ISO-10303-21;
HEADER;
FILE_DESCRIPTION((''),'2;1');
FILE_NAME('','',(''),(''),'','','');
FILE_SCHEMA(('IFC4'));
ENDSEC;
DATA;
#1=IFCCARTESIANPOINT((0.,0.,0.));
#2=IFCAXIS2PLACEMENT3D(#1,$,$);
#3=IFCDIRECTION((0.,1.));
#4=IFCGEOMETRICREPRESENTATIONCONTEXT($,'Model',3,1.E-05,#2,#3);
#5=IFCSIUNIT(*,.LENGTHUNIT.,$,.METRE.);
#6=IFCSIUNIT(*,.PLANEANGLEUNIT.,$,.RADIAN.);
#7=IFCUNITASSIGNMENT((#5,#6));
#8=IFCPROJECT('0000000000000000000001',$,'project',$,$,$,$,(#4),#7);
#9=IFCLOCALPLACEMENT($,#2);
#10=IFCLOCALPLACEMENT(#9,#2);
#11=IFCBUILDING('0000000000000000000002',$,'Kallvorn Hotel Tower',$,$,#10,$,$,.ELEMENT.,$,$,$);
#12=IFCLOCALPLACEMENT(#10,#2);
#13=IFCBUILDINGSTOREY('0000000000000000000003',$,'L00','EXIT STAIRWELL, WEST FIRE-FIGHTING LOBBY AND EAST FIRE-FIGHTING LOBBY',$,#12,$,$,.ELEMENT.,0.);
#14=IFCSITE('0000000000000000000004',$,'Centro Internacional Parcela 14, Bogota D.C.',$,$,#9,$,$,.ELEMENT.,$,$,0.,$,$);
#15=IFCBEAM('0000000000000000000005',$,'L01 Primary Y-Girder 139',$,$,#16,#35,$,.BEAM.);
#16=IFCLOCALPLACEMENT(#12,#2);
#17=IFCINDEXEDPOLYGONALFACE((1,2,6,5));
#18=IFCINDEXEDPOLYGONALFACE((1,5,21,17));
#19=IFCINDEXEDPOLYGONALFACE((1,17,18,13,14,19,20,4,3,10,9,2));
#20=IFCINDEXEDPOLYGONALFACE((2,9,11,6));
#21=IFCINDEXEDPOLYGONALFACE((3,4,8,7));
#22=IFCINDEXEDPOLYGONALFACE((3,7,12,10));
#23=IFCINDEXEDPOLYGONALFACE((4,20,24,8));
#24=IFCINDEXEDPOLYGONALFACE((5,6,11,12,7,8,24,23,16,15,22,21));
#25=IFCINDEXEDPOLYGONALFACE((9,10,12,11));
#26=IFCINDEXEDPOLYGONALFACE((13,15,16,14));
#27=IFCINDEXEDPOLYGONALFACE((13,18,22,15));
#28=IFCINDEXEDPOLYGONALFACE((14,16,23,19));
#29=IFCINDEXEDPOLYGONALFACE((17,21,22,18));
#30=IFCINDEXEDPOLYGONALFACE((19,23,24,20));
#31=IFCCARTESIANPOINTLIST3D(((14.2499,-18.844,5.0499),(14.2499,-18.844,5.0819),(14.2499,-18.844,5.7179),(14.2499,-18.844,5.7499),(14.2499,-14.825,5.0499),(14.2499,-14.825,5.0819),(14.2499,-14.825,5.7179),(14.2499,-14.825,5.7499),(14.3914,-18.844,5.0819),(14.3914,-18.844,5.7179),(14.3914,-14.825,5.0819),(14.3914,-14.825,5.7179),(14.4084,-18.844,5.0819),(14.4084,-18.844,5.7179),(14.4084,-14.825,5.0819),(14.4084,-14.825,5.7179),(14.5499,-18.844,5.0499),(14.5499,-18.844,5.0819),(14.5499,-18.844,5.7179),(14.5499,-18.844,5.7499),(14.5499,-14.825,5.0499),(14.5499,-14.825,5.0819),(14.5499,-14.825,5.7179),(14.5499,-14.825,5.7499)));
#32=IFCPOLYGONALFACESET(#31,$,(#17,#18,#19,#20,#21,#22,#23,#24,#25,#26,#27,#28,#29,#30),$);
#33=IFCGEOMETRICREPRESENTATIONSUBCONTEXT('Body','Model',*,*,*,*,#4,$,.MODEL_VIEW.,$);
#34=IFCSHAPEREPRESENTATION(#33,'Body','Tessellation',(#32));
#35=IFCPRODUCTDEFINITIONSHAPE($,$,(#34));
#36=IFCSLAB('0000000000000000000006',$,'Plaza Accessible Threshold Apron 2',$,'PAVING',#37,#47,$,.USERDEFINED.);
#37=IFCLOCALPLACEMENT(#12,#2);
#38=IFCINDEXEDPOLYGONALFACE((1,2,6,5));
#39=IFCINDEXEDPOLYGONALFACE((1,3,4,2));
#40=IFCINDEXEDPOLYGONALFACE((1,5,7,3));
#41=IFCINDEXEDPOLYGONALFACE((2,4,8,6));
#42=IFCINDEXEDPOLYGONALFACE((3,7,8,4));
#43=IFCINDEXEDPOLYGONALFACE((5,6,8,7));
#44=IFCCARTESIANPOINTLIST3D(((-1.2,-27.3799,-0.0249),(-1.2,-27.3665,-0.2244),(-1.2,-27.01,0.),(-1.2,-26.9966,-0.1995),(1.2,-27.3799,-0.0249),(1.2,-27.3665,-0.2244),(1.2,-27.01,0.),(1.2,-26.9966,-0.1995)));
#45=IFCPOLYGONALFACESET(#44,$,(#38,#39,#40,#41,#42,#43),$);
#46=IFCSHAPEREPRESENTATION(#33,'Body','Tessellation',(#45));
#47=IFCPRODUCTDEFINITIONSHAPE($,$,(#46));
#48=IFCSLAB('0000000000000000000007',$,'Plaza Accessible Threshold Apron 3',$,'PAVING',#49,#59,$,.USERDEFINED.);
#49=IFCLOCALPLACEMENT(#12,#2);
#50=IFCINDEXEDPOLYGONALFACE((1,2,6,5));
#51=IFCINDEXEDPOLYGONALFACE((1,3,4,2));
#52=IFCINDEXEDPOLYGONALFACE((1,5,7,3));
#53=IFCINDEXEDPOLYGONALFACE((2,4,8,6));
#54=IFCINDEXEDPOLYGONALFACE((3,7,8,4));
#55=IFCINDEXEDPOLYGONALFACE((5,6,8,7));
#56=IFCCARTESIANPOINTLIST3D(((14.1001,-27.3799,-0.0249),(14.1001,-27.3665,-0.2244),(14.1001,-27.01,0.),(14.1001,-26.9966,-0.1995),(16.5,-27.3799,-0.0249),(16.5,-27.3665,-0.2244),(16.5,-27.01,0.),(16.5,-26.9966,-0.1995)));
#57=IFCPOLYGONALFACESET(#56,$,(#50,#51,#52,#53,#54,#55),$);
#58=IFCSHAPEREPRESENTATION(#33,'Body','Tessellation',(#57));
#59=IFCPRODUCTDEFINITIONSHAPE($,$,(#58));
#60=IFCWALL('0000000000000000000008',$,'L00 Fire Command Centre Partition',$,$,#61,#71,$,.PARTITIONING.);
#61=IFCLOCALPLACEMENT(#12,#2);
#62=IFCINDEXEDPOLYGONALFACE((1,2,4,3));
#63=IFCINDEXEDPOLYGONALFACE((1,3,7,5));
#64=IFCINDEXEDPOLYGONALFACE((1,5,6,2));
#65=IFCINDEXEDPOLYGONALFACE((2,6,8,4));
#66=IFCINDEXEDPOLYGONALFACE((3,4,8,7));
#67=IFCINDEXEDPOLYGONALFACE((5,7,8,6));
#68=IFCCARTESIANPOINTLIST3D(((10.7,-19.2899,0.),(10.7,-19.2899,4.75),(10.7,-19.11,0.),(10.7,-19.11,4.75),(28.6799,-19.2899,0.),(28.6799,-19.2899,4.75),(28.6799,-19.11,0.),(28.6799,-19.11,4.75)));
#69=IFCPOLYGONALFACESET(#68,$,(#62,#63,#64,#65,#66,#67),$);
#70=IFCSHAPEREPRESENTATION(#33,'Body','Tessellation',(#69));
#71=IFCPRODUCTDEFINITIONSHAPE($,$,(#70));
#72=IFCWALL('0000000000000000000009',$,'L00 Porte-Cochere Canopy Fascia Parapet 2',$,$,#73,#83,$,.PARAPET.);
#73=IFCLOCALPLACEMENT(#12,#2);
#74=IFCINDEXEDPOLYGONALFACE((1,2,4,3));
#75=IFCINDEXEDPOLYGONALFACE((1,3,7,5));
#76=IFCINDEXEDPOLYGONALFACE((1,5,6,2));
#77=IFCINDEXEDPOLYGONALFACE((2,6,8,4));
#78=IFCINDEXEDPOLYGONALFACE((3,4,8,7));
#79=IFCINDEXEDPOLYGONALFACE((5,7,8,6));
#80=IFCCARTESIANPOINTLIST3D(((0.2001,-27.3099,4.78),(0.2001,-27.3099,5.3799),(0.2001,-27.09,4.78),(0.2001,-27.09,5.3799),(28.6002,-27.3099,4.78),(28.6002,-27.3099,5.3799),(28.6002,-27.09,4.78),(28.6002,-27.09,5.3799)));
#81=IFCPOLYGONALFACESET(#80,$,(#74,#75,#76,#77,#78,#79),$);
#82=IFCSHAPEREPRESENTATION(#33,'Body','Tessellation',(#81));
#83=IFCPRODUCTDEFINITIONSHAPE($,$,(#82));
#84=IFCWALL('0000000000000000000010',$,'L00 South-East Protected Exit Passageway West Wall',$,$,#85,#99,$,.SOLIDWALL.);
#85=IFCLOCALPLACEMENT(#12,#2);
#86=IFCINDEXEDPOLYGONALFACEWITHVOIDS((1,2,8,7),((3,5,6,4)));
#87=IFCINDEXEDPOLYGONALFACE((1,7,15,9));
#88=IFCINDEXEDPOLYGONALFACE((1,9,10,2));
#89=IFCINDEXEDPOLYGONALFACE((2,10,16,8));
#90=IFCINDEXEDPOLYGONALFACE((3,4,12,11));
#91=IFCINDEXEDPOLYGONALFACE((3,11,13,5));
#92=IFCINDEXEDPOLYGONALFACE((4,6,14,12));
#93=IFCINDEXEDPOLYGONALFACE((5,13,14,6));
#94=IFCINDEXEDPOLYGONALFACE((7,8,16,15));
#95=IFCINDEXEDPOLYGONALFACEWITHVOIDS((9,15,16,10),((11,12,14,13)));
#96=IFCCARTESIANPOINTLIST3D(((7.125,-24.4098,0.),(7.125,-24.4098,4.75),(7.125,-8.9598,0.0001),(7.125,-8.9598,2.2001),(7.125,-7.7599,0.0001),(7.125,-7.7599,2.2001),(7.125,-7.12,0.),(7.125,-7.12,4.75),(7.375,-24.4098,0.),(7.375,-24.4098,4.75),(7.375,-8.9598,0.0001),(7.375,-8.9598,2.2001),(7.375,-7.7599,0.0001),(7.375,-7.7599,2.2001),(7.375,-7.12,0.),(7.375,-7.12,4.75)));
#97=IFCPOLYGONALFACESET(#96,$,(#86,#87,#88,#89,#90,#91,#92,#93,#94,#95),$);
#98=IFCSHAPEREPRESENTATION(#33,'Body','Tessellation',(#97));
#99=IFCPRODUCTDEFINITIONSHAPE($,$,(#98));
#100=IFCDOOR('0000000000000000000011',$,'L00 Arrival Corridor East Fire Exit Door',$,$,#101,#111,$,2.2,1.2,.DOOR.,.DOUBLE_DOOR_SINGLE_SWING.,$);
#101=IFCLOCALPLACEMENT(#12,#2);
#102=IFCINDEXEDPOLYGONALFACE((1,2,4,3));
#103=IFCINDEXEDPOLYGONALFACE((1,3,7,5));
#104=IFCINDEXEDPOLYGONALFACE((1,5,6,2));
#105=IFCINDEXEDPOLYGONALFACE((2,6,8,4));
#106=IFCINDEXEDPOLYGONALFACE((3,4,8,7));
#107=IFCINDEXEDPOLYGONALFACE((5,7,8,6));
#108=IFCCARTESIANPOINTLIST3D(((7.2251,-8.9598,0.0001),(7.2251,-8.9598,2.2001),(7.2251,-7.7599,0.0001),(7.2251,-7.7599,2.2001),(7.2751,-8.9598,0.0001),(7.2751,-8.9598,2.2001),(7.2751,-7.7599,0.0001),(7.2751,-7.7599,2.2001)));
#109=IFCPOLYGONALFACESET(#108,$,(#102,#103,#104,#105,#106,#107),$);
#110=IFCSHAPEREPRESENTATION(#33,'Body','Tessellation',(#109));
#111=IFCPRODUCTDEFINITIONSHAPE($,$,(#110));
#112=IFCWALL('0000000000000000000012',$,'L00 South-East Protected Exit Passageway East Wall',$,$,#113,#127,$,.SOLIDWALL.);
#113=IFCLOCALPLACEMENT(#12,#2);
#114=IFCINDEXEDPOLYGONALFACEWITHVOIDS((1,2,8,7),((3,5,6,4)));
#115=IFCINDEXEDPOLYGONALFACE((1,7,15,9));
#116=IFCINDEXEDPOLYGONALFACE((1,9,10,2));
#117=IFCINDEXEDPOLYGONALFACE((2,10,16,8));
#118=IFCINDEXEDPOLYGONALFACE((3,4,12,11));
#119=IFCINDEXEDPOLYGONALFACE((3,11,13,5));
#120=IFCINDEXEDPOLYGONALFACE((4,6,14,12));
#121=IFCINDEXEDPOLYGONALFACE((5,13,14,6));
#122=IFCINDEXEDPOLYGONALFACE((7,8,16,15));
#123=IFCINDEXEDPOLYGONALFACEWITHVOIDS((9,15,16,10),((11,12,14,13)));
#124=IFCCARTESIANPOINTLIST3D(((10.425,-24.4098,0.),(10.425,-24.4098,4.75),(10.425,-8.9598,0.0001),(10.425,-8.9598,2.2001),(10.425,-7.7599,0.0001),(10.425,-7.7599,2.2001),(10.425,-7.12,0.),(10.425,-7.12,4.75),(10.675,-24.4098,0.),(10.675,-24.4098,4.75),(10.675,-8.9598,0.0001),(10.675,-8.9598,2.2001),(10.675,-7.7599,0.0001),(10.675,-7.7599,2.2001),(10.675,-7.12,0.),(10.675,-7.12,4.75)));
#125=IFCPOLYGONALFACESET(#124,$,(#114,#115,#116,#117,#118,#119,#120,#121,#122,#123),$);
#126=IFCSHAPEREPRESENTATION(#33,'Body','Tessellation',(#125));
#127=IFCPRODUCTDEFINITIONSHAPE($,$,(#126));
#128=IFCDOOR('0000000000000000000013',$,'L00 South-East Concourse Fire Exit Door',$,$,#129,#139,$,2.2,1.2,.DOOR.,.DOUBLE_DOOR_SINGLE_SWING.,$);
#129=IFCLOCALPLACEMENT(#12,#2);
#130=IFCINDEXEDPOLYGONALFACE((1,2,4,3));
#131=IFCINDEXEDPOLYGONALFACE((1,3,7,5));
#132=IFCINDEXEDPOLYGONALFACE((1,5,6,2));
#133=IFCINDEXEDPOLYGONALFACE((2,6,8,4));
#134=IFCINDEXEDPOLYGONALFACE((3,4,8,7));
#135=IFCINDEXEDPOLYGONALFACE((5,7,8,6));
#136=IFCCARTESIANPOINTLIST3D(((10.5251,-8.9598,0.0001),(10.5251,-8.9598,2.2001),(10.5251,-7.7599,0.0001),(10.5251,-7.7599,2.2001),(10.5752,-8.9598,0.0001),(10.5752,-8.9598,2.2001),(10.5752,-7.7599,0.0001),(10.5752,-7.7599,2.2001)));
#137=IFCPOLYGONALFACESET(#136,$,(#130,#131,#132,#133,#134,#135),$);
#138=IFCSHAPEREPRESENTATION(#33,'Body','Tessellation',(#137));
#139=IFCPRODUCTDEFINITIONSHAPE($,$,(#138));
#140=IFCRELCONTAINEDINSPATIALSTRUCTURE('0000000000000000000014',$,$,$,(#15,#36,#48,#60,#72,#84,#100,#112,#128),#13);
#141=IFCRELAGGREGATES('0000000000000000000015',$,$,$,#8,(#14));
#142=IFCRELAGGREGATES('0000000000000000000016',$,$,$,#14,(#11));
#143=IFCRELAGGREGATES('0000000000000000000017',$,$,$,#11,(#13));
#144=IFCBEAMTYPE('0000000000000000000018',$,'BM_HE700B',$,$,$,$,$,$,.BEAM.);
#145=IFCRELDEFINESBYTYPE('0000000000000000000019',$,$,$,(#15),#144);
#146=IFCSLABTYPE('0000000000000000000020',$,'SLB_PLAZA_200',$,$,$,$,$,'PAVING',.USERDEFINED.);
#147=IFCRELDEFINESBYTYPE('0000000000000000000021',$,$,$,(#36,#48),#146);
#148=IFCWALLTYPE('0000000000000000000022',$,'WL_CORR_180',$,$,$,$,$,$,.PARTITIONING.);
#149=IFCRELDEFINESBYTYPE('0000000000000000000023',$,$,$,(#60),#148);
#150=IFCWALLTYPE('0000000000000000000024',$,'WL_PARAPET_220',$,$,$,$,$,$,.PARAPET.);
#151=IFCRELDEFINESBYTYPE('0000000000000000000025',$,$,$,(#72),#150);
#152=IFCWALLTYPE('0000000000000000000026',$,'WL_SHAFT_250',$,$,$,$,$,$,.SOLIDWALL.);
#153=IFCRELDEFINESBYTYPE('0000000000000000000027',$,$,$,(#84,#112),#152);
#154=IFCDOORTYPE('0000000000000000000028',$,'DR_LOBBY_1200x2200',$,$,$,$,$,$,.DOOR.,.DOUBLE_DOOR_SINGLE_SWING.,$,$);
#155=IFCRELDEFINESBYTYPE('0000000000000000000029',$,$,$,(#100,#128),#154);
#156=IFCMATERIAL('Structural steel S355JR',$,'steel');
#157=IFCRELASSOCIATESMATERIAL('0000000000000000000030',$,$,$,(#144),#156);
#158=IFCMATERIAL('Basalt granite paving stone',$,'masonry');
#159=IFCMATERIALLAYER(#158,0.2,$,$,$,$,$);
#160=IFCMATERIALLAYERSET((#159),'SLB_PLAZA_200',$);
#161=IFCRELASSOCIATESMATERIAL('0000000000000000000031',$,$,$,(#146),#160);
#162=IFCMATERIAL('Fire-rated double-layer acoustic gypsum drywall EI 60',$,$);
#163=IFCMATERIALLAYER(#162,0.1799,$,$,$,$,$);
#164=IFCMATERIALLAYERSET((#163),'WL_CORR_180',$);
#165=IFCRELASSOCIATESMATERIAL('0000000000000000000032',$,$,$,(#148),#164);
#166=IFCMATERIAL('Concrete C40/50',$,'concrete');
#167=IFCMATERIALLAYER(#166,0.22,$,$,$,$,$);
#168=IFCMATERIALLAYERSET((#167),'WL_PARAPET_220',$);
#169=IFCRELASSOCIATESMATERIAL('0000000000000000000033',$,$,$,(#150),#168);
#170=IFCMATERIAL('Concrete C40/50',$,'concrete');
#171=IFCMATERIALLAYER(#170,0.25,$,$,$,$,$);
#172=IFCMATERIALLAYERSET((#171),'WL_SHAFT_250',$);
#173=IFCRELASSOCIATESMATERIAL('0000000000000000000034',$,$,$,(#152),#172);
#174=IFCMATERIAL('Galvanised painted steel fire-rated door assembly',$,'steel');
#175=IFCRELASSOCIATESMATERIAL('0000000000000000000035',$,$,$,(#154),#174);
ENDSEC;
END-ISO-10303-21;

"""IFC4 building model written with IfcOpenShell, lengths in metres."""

from ifc_helpers import new_model, si_unit, direction, frame, frame_2d, origin, origin_2d, place, context, subcontext, project, spatial, polyline, rectangle, i_section, outline, extrude, material, layer, layer_set, material_profile, profile_set, type_object, element, fill, save


model = new_model("IFC4")

# Units and contexts
model_context = context("Model", 3, precision=1e-05, world=origin(), true_north=direction((0.0, 1.0)))
body_context = subcontext(model_context, "Body", "Model", "MODEL_VIEW")
ifc_project = project(units=[si_unit("LENGTHUNIT", "METRE"), si_unit("PLANEANGLEUNIT", "RADIAN")], contexts=[model_context])

# Site, building, storey
site_placement = place(None, origin())
site = spatial("IfcSite", under=ifc_project, at=site_placement, Name="Centro Internacional Parcela 14, Bogota D.C.", CompositionType="ELEMENT", RefElevation=0.0)
building_placement = place(site_placement, origin())
building = spatial("IfcBuilding", under=site, at=building_placement, Name="Kallvorn Hotel Tower", CompositionType="ELEMENT")
storey_placement = place(building_placement, origin())
storey = spatial("IfcBuildingStorey", under=building, at=storey_placement, Name="L00", Description="EXIT STAIRWELL, WEST FIRE-FIGHTING LOBBY AND EAST FIRE-FIGHTING LOBBY", CompositionType="ELEMENT", Elevation=0.0)

# Beam
ifc_material_1 = material(Name="Structural steel S355JR", Category="steel")
ifc_material_profile_1 = material_profile(ifc_material_1, i_section(OverallWidth=0.3, OverallDepth=0.7, WebThickness=0.0171, FlangeThickness=0.032, at=origin_2d()), Name="HE 700 B")
ifc_profile_set_1 = profile_set([ifc_material_profile_1], Name="Structural steel S355JR")
beam_type_1 = type_object("IfcBeamType", Name="BM_HE700B", PredefinedType="BEAM", material=ifc_profile_set_1)
beam_1_placement = place(storey_placement, frame((14.3999, -18.844, 5.3999), z_axis=(0.0, 1.0, 0.0), x_axis=(-1.0, 0.0, 0.0)))
element("IfcBeam", 1, at=beam_1_placement, inside=storey, type_object=beam_type_1, Name="L01 Primary Y-Girder 139", PredefinedType="BEAM", context=body_context, shape_type="SweptSolid", body=[
    extrude(i_section(OverallWidth=0.3, OverallDepth=0.7, WebThickness=0.0171, FlangeThickness=0.032, at=origin_2d()), origin(), (0.0, 0.0, 1.0), 4.019),
])

# Slabs
ifc_material_2 = material(Name="Basalt granite paving stone", Category="masonry")
ifc_layer_1 = layer(ifc_material_2, 0.2)
ifc_layer_set_1 = layer_set([ifc_layer_1], Name="SLB_PLAZA_200")
slab_type = type_object("IfcSlabType", Name="SLB_PLAZA_200", ElementType="PAVING", PredefinedType="USERDEFINED", material=ifc_layer_set_1)
for number, where, z_axis, x_axis, name in (
    (2, (-1.2, -27.3799, -0.0249), (0.0, -0.067175, 0.997741), (1.0, 0.0, 0.0), "Plaza Accessible Threshold Apron 2"),
    (3, (14.1001, -27.3799, -0.0249), (0.0, -0.067175, 0.997741), (1.0, 0.0, 0.0), "Plaza Accessible Threshold Apron 3"),
):
    element("IfcSlab", number, at=place(storey_placement, frame(where, z_axis=z_axis, x_axis=x_axis)), inside=storey, type_object=slab_type, Name=name, ObjectType="PAVING", PredefinedType="USERDEFINED", context=body_context, shape_type="SweptSolid", body=[
        extrude(outline(polyline([(0.0, 0.0), (2.3999, 0.0), (2.3999, 0.3707), (0.0, 0.3707), (0.0, 0.0)])), origin(), (0.0, 0.0, -1.0), 0.2),
    ])

# Walls
ifc_material_3 = material(Name="Fire-rated double-layer acoustic gypsum drywall EI 60")
ifc_layer_2 = layer(ifc_material_3, 0.1799)
ifc_layer_set_2 = layer_set([ifc_layer_2], Name="WL_CORR_180")
wall_type_1 = type_object("IfcWallType", Name="WL_CORR_180", PredefinedType="PARTITIONING", material=ifc_layer_set_2)
wall_1_placement = place(storey_placement, frame((10.7, -19.2, 0.0), z_axis=(0.0, 0.0, 1.0), x_axis=(1.0, 0.0, 0.0)))
element("IfcWall", 4, at=wall_1_placement, inside=storey, type_object=wall_type_1, Name="L00 Fire Command Centre Partition", PredefinedType="PARTITIONING", context=body_context, shape_type="SweptSolid", body=[
    extrude(rectangle(XDim=17.98, YDim=0.1799, at=frame_2d((8.99, 0.0))), origin(), (0.0, 0.0, 1.0), 4.75),
])
ifc_material_4 = material(Name="Concrete C40/50", Category="concrete")
ifc_layer_3 = layer(ifc_material_4, 0.22)
ifc_layer_set_3 = layer_set([ifc_layer_3], Name="WL_PARAPET_220")
wall_type_2 = type_object("IfcWallType", Name="WL_PARAPET_220", PredefinedType="PARAPET", material=ifc_layer_set_3)
wall_2_placement = place(storey_placement, frame((0.2, -27.2, 4.78), z_axis=(0.0, 0.0, 1.0), x_axis=(1.0, 0.0, 0.0)))
element("IfcWall", 5, at=wall_2_placement, inside=storey, type_object=wall_type_2, Name="L00 Porte-Cochere Canopy Fascia Parapet 2", PredefinedType="PARAPET", context=body_context, shape_type="SweptSolid", body=[
    extrude(rectangle(XDim=28.4001, YDim=0.22, at=frame_2d((14.2002, 0.0))), origin(), (0.0, 0.0, 1.0), 0.5999),
])

# Walls, openings, doors
ifc_material_5 = material(Name="Concrete C40/50", Category="concrete")
ifc_layer_4 = layer(ifc_material_5, 0.25)
ifc_layer_set_4 = layer_set([ifc_layer_4], Name="WL_SHAFT_250")
wall_type_3 = type_object("IfcWallType", Name="WL_SHAFT_250", PredefinedType="SOLIDWALL", material=ifc_layer_set_4)
wall_3_placement = place(storey_placement, frame((7.25, -24.4099, 0.0), z_axis=(0.0, 0.0, 1.0), x_axis=(0.0, 1.0, 0.0)))
wall_3 = element("IfcWall", 6, at=wall_3_placement, inside=storey, type_object=wall_type_3, Name="L00 South-East Protected Exit Passageway West Wall", PredefinedType="SOLIDWALL", context=body_context, shape_type="SweptSolid", body=[
    extrude(rectangle(XDim=17.2898, YDim=0.25, at=frame_2d((8.645, 0.0))), origin(), (0.0, 0.0, 1.0), 4.75),
])
opening_1_placement = place(wall_3_placement, frame((15.45, 0.0, 0.0)))
opening_1 = element("IfcOpeningElement", 7, at=opening_1_placement, cuts=wall_3, PredefinedType="OPENING", context=body_context, shape_type="SweptSolid", body=[
    extrude(rectangle(XDim=1.2, YDim=2.2, at=frame_2d((0.6001, 1.1001))), frame((0.0, 0.1399, 0.0), z_axis=(0.0, -1.0, 0.0), x_axis=(1.0, 0.0, 0.0)), (0.0, 0.0, 1.0), 0.28),
])
ifc_material_6 = material(Name="Galvanised painted steel fire-rated door assembly", Category="steel")
door_type = type_object("IfcDoorType", Name="DR_LOBBY_1200x2200", OperationType="DOUBLE_DOOR_SINGLE_SWING", PredefinedType="DOOR", material=ifc_material_6)
door_1_placement = place(opening_1_placement, origin())
door_1 = element("IfcDoor", 8, at=door_1_placement, inside=storey, type_object=door_type, Name="L00 Arrival Corridor East Fire Exit Door", OperationType="DOUBLE_DOOR_SINGLE_SWING", OverallHeight=2.2, OverallWidth=1.2, PredefinedType="DOOR", context=body_context, shape_type="SweptSolid", body=[
    extrude(rectangle(XDim=1.2, YDim=2.2, at=frame_2d((0.6001, 1.1001))), frame((0.0, 0.0249, 0.0), z_axis=(0.0, -1.0, 0.0), x_axis=(1.0, 0.0, 0.0)), (0.0, 0.0, 1.0), 0.05),
])
fill(opening_1, door_1)
wall_4_placement = place(storey_placement, frame((10.55, -24.4099, 0.0), z_axis=(0.0, 0.0, 1.0), x_axis=(0.0, 1.0, 0.0)))
wall_4 = element("IfcWall", 9, at=wall_4_placement, inside=storey, type_object=wall_type_3, Name="L00 South-East Protected Exit Passageway East Wall", PredefinedType="SOLIDWALL", context=body_context, shape_type="SweptSolid", body=[
    extrude(rectangle(XDim=17.2898, YDim=0.25, at=frame_2d((8.645, 0.0))), origin(), (0.0, 0.0, 1.0), 4.75),
])
opening_2_placement = place(wall_4_placement, frame((15.45, 0.0, 0.0)))
opening_2 = element("IfcOpeningElement", 10, at=opening_2_placement, cuts=wall_4, PredefinedType="OPENING", context=body_context, shape_type="SweptSolid", body=[
    extrude(rectangle(XDim=1.2, YDim=2.2, at=frame_2d((0.6001, 1.1001))), frame((0.0, 0.1399, 0.0), z_axis=(0.0, -1.0, 0.0), x_axis=(1.0, 0.0, 0.0)), (0.0, 0.0, 1.0), 0.28),
])
door_2_placement = place(opening_2_placement, origin())
door_2 = element("IfcDoor", 11, at=door_2_placement, inside=storey, type_object=door_type, Name="L00 South-East Concourse Fire Exit Door", OperationType="DOUBLE_DOOR_SINGLE_SWING", OverallHeight=2.2, OverallWidth=1.2, PredefinedType="DOOR", context=body_context, shape_type="SweptSolid", body=[
    extrude(rectangle(XDim=1.2, YDim=2.2, at=frame_2d((0.6001, 1.1001))), frame((0.0, 0.0249, 0.0), z_axis=(0.0, -1.0, 0.0), x_axis=(1.0, 0.0, 0.0)), (0.0, 0.0, 1.0), 0.05),
])
fill(opening_2, door_2)

save(model, "model.ifc")
